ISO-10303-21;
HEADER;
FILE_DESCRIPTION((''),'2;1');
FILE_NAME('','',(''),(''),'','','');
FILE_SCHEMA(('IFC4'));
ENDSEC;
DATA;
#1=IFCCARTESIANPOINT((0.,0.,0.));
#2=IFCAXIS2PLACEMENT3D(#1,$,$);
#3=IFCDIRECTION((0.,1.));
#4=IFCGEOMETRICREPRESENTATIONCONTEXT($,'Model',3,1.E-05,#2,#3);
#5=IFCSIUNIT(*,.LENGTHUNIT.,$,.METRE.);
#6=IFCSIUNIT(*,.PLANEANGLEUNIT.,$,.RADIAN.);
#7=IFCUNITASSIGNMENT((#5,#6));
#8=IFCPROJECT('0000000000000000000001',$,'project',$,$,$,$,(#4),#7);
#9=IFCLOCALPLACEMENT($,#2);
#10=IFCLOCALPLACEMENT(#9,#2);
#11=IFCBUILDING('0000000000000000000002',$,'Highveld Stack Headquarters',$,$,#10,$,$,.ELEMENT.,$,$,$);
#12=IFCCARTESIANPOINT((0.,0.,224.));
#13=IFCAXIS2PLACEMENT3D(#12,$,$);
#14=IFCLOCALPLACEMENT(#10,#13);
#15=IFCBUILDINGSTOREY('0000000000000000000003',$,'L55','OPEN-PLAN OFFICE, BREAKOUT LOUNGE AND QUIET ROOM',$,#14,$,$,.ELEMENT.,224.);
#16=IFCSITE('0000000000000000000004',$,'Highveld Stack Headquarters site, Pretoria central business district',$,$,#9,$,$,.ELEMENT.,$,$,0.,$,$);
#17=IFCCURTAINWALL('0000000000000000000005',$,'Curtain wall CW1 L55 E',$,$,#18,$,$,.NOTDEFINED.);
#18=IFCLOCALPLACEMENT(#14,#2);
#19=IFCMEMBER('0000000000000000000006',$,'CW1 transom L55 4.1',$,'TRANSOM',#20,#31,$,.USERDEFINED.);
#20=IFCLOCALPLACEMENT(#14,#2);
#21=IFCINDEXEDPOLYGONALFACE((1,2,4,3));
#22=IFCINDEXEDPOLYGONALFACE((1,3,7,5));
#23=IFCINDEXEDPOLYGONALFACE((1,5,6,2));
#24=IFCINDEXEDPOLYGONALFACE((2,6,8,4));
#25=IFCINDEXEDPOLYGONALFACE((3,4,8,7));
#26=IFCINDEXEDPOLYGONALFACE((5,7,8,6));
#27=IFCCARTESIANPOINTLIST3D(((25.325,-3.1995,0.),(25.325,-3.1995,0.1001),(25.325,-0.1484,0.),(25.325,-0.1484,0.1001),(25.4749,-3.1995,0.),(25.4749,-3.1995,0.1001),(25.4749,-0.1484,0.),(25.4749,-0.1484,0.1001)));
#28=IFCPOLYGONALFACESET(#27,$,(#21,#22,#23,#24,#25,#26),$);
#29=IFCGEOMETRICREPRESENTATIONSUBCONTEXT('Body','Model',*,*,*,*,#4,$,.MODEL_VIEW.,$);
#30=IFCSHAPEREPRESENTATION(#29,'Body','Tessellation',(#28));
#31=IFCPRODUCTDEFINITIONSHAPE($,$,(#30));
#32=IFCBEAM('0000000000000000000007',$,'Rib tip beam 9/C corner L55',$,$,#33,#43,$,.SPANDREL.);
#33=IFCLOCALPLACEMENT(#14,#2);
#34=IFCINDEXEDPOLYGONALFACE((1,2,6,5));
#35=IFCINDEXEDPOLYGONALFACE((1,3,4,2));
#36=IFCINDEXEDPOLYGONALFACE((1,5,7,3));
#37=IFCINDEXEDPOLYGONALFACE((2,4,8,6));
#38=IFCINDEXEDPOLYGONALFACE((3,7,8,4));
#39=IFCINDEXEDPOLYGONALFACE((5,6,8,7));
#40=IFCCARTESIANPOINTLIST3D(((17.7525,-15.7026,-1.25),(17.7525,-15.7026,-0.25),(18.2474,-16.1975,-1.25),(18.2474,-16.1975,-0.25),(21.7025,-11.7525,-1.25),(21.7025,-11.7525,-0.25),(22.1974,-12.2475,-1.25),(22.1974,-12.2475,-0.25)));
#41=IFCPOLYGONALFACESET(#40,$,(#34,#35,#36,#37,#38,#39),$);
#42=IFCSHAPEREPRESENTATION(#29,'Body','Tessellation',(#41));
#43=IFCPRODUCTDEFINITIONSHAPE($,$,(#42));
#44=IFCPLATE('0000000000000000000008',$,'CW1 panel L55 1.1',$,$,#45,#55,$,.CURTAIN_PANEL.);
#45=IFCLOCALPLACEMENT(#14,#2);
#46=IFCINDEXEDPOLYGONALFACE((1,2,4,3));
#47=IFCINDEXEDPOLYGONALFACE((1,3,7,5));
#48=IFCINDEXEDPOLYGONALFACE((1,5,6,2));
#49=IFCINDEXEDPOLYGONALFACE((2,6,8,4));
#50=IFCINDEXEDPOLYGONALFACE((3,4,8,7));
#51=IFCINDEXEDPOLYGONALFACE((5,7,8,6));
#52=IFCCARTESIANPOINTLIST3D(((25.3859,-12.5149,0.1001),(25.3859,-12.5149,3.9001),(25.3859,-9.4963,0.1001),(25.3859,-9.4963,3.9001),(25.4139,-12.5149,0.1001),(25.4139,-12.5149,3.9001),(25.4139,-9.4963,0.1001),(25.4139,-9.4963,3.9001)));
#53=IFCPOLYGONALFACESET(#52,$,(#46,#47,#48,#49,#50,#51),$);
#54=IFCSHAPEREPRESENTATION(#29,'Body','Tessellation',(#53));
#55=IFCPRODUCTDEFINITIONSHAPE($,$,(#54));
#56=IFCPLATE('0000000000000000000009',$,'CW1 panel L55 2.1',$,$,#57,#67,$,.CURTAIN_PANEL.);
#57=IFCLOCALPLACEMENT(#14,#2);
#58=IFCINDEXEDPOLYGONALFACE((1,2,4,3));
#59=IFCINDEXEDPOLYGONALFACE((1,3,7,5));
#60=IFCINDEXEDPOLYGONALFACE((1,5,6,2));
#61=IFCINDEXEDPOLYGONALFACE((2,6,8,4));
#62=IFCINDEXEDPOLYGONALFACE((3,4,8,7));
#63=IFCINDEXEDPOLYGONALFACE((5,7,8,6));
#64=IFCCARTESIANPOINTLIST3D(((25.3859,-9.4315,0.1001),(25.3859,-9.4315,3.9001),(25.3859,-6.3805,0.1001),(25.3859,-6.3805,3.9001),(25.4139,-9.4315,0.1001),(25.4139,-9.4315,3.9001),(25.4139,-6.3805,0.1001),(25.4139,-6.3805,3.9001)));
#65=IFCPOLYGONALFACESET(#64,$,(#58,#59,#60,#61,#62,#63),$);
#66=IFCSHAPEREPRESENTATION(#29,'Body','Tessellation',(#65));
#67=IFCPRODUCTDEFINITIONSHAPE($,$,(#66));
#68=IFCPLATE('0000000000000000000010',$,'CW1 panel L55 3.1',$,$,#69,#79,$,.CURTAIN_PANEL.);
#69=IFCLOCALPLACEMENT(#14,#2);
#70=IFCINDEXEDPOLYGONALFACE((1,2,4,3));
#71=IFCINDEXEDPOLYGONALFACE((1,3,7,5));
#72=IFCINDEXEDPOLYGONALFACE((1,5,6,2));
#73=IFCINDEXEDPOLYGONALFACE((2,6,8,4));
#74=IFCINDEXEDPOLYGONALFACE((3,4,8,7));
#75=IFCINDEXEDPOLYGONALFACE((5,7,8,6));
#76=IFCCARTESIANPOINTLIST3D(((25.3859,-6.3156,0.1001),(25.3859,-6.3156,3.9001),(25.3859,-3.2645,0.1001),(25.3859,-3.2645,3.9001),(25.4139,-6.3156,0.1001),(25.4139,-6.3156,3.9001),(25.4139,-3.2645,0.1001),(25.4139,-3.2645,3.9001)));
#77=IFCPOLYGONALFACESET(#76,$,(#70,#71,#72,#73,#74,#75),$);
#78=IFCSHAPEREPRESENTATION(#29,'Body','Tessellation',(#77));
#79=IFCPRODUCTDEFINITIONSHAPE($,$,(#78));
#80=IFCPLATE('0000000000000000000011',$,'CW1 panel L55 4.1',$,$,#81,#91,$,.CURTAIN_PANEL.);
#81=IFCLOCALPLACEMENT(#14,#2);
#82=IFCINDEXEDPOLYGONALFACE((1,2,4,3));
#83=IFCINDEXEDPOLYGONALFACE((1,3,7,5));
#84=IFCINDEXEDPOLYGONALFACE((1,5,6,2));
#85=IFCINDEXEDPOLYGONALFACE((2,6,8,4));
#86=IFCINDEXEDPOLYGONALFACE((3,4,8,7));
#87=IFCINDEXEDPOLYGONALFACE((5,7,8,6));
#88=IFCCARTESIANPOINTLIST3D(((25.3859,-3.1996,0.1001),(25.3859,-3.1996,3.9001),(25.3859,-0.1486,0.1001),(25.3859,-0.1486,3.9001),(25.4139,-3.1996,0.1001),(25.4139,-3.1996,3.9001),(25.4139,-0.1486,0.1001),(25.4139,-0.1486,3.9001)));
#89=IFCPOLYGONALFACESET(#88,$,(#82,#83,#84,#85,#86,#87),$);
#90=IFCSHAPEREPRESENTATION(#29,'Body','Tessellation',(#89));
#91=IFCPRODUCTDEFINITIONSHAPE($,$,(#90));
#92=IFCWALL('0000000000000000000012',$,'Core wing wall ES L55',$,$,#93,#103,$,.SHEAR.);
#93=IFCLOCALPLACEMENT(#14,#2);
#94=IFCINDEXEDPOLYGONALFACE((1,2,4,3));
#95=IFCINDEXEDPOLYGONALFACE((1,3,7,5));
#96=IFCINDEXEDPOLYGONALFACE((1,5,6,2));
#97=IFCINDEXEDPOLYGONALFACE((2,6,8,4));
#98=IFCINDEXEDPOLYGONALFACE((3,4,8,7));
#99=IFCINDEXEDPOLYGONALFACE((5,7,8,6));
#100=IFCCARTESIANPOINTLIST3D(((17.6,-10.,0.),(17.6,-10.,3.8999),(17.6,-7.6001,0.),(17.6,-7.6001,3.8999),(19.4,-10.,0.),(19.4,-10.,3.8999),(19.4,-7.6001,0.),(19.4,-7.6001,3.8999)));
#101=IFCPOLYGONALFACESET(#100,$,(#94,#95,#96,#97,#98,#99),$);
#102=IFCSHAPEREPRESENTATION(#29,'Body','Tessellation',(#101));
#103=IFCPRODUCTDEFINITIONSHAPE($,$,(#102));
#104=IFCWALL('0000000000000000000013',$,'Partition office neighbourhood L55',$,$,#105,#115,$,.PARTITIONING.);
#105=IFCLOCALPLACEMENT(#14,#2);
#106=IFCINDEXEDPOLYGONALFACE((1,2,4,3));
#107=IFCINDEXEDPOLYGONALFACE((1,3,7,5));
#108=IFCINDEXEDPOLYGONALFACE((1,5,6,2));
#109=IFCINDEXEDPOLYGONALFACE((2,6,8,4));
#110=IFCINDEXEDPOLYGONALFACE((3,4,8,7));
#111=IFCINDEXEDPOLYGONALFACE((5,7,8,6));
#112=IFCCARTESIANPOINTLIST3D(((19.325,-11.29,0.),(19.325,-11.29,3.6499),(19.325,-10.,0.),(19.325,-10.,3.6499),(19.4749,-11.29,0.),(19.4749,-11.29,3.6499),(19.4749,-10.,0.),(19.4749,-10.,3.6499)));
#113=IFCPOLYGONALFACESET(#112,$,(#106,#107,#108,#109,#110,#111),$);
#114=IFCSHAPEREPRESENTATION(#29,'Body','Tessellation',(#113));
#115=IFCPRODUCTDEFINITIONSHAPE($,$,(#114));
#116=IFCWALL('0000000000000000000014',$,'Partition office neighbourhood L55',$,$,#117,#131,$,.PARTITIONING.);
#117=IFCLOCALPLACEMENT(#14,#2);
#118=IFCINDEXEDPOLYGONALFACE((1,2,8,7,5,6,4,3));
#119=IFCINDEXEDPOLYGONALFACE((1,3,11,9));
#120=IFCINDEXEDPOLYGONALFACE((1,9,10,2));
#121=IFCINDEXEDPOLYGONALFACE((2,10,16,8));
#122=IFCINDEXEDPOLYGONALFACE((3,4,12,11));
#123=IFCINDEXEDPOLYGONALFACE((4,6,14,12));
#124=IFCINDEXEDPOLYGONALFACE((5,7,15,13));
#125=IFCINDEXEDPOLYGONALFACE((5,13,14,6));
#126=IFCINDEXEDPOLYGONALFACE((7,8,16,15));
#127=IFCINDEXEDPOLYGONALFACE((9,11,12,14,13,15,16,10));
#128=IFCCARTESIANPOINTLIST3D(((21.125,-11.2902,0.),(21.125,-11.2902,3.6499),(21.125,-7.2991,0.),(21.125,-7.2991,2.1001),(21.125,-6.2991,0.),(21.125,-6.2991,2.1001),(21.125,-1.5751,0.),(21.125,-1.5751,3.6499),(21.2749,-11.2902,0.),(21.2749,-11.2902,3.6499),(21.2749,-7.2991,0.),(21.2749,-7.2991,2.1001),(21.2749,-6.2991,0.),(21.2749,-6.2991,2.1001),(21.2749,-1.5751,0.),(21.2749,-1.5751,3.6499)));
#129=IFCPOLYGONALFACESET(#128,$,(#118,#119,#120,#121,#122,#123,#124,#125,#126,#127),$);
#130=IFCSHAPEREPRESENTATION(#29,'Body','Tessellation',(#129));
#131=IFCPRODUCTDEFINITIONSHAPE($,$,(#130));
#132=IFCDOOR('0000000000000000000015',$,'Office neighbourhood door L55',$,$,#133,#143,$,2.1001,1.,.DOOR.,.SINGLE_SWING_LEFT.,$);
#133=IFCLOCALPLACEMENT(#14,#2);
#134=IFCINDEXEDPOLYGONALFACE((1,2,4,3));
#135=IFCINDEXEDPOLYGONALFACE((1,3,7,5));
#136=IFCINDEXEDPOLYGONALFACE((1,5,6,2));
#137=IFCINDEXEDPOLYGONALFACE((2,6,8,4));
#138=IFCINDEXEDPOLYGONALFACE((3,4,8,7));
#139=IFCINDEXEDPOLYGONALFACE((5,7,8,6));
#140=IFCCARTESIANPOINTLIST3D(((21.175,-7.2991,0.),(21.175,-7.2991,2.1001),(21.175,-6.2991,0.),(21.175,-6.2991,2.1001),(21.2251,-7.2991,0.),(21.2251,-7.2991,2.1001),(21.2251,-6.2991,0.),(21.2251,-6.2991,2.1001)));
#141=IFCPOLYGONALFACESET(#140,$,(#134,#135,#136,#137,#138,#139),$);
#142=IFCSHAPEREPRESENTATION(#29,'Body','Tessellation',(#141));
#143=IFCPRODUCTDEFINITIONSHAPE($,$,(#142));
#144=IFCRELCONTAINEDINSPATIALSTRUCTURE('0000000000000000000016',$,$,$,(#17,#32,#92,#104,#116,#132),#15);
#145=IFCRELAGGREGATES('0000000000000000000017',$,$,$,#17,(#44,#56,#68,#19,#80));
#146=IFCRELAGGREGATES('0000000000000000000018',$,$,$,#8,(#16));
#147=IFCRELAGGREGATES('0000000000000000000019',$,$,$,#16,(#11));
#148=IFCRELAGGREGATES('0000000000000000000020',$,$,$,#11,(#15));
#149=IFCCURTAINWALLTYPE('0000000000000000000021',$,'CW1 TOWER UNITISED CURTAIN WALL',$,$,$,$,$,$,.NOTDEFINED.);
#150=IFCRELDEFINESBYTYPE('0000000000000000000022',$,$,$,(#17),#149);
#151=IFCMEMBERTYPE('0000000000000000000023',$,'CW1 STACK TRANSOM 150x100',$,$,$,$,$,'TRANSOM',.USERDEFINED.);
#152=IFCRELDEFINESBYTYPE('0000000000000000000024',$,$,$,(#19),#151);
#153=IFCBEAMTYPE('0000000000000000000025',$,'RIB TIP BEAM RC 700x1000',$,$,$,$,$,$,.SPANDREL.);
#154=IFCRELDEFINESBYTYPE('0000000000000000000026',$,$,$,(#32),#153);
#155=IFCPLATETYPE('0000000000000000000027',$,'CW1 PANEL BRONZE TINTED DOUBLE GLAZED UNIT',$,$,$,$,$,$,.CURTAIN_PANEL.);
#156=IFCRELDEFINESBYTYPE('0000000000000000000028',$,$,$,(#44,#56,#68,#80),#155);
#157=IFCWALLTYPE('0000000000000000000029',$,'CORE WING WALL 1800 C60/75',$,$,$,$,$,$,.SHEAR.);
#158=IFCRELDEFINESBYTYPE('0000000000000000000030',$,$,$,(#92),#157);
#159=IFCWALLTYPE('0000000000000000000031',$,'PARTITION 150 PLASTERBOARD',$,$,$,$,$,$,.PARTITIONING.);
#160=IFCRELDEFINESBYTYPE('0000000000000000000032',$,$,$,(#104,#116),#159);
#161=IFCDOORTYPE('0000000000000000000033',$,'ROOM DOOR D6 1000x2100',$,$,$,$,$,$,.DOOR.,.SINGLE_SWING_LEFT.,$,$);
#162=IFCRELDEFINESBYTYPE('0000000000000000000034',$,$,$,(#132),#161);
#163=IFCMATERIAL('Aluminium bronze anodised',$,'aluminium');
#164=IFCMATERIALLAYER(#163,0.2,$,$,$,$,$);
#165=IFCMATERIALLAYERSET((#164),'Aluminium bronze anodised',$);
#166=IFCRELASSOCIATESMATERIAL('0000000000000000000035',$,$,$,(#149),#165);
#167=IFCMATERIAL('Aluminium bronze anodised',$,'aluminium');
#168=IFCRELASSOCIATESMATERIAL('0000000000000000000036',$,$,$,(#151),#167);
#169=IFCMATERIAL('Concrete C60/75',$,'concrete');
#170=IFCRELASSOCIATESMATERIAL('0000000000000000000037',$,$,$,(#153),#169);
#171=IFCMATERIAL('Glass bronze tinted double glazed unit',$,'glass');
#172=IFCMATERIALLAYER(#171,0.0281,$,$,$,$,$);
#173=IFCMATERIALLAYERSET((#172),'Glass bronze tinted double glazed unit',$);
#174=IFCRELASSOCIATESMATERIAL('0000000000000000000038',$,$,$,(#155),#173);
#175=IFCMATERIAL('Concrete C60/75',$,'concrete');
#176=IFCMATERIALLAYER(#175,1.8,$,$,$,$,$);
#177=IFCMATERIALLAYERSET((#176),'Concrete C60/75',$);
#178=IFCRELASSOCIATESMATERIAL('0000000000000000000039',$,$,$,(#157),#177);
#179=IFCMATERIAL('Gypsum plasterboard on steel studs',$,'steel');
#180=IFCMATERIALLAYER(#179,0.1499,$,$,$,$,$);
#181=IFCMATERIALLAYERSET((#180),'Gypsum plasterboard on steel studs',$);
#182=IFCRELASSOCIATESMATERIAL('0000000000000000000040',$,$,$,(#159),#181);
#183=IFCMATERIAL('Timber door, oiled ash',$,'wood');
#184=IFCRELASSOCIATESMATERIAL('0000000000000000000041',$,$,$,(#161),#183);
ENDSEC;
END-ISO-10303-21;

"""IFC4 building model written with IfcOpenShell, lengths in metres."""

from ifc_helpers import new_model, si_unit, direction, frame, frame_2d, origin, origin_2d, place, context, subcontext, project, spatial, rectangle, extrude, material, layer, layer_set, material_profile, profile_set, type_object, element, fill, aggregate, save


model = new_model("IFC4")

# Units and contexts
model_context = context("Model", 3, precision=1e-05, world=origin(), true_north=direction((0.0, 1.0)))
body_context = subcontext(model_context, "Body", "Model", "MODEL_VIEW")
ifc_project = project(units=[si_unit("LENGTHUNIT", "METRE"), si_unit("PLANEANGLEUNIT", "RADIAN")], contexts=[model_context])

# Site, building, storey
site_placement = place(None, origin())
site = spatial("IfcSite", under=ifc_project, at=site_placement, Name="Highveld Stack Headquarters site, Pretoria central business district", CompositionType="ELEMENT", RefElevation=0.0)
building_placement = place(site_placement, origin())
building = spatial("IfcBuilding", under=site, at=building_placement, Name="Highveld Stack Headquarters", CompositionType="ELEMENT")
storey_placement = place(building_placement, frame((0.0, 0.0, 224.0)))
storey = spatial("IfcBuildingStorey", under=building, at=storey_placement, Name="L55", Description="OPEN-PLAN OFFICE, BREAKOUT LOUNGE AND QUIET ROOM", CompositionType="ELEMENT", Elevation=224.0)

# Curtain wall, member
ifc_material_1 = material(Name="Aluminium bronze anodised", Category="aluminium")
ifc_layer_1 = layer(ifc_material_1, 0.2)
ifc_layer_set_1 = layer_set([ifc_layer_1], Name="Aluminium bronze anodised")
curtain_wall_type = type_object("IfcCurtainWallType", Name="CW1 TOWER UNITISED CURTAIN WALL", PredefinedType="NOTDEFINED", material=ifc_layer_set_1)
curtain_wall_placement = place(storey_placement, origin())
curtain_wall = element("IfcCurtainWall", 1, at=curtain_wall_placement, inside=storey, type_object=curtain_wall_type, Name="Curtain wall CW1 L55 E", PredefinedType="NOTDEFINED")
ifc_material_2 = material(Name="Aluminium bronze anodised", Category="aluminium")
ifc_material_profile_1 = material_profile(ifc_material_2, rectangle(XDim=0.1499, YDim=0.1001, at=origin_2d()), Name="CW1 TRANSOM 150x100")
ifc_profile_set_1 = profile_set([ifc_material_profile_1], Name="Aluminium bronze anodised")
member_type_1 = type_object("IfcMemberType", Name="CW1 STACK TRANSOM 150x100", ElementType="TRANSOM", PredefinedType="USERDEFINED", material=ifc_profile_set_1)
member_1_placement = place(storey_placement, frame((25.3999, -3.1995, 0.05), z_axis=(0.0, 1.0, 0.0), x_axis=(-1.0, 0.0, 0.0)))
member_1 = element("IfcMember", 2, at=member_1_placement, type_object=member_type_1, Name="CW1 transom L55 4.1", ObjectType="TRANSOM", PredefinedType="USERDEFINED", context=body_context, shape_type="SweptSolid", body=[
    extrude(rectangle(XDim=0.1499, YDim=0.1001, at=origin_2d()), origin(), (0.0, 0.0, 1.0), 3.051),
])

# Beam
ifc_material_3 = material(Name="Concrete C60/75", Category="concrete")
ifc_material_profile_2 = material_profile(ifc_material_3, rectangle(XDim=0.7, YDim=1.0, at=origin_2d()), Name="RC 700x1000")
ifc_profile_set_2 = profile_set([ifc_material_profile_2], Name="Concrete C60/75")
beam_type_1 = type_object("IfcBeamType", Name="RIB TIP BEAM RC 700x1000", PredefinedType="SPANDREL", material=ifc_profile_set_2)
beam_1_placement = place(storey_placement, frame((21.95, -12.0, -0.75), z_axis=(-0.707107, -0.707107, 0.0), x_axis=(0.707107, -0.707107, 0.0)))
element("IfcBeam", 3, at=beam_1_placement, inside=storey, type_object=beam_type_1, Name="Rib tip beam 9/C corner L55", PredefinedType="SPANDREL", context=body_context, shape_type="SweptSolid", body=[
    extrude(rectangle(XDim=0.7, YDim=1.0, at=origin_2d()), origin(), (0.0, 0.0, 1.0), 5.5862),
])

# Plates
ifc_material_4 = material(Name="Glass bronze tinted double glazed unit", Category="glass")
ifc_layer_2 = layer(ifc_material_4, 0.0281)
ifc_layer_set_2 = layer_set([ifc_layer_2], Name="Glass bronze tinted double glazed unit")
plate_type = type_object("IfcPlateType", Name="CW1 PANEL BRONZE TINTED DOUBLE GLAZED UNIT", PredefinedType="CURTAIN_PANEL", material=ifc_layer_set_2)
plate_1_placement = place(storey_placement, frame((25.3999, -11.0056, 0.1001), z_axis=(0.0, 0.0, 1.0), x_axis=(0.0, 1.0, 0.0)))
plate_1 = element("IfcPlate", 4, at=plate_1_placement, type_object=plate_type, Name="CW1 panel L55 1.1", PredefinedType="CURTAIN_PANEL", context=body_context, shape_type="SweptSolid", body=[
    extrude(rectangle(XDim=3.0186, YDim=0.0281, at=origin_2d()), origin(), (0.0, 0.0, 1.0), 3.8),
])
plate_2_placement = place(storey_placement, frame((25.3999, -7.906, 0.1001), z_axis=(0.0, 0.0, 1.0), x_axis=(0.0, 1.0, 0.0)))
plate_2 = element("IfcPlate", 5, at=plate_2_placement, type_object=plate_type, Name="CW1 panel L55 2.1", PredefinedType="CURTAIN_PANEL", context=body_context, shape_type="SweptSolid", body=[
    extrude(rectangle(XDim=3.051, YDim=0.0281, at=origin_2d()), origin(), (0.0, 0.0, 1.0), 3.8),
])
plate_3_placement = place(storey_placement, frame((25.3999, -4.79, 0.1001), z_axis=(0.0, 0.0, 1.0), x_axis=(0.0, 1.0, 0.0)))
plate_3 = element("IfcPlate", 6, at=plate_3_placement, type_object=plate_type, Name="CW1 panel L55 3.1", PredefinedType="CURTAIN_PANEL", context=body_context, shape_type="SweptSolid", body=[
    extrude(rectangle(XDim=3.051, YDim=0.0281, at=origin_2d()), origin(), (0.0, 0.0, 1.0), 3.8),
])
plate_4_placement = place(storey_placement, frame((25.3999, -1.6741, 0.1001), z_axis=(0.0, 0.0, 1.0), x_axis=(0.0, 1.0, 0.0)))
plate_4 = element("IfcPlate", 7, at=plate_4_placement, type_object=plate_type, Name="CW1 panel L55 4.1", PredefinedType="CURTAIN_PANEL", context=body_context, shape_type="SweptSolid", body=[
    extrude(rectangle(XDim=3.051, YDim=0.0281, at=origin_2d()), origin(), (0.0, 0.0, 1.0), 3.8),
])
aggregate(curtain_wall, [plate_1, plate_2, plate_3, member_1, plate_4])

# Walls
ifc_material_5 = material(Name="Concrete C60/75", Category="concrete")
ifc_layer_3 = layer(ifc_material_5, 1.8)
ifc_layer_set_3 = layer_set([ifc_layer_3], Name="Concrete C60/75")
wall_type_1 = type_object("IfcWallType", Name="CORE WING WALL 1800 C60/75", PredefinedType="SHEAR", material=ifc_layer_set_3)
wall_1_placement = place(storey_placement, frame((18.5, -10.0, 0.0), z_axis=(0.0, 0.0, 1.0), x_axis=(0.0, 1.0, 0.0)))
element("IfcWall", 8, at=wall_1_placement, inside=storey, type_object=wall_type_1, Name="Core wing wall ES L55", PredefinedType="SHEAR", context=body_context, shape_type="SweptSolid", body=[
    extrude(rectangle(XDim=2.3999, YDim=1.8, at=frame_2d((1.2, 0.0))), origin(), (0.0, 0.0, 1.0), 3.8999),
])
ifc_material_6 = material(Name="Gypsum plasterboard on steel studs", Category="steel")
ifc_layer_4 = layer(ifc_material_6, 0.1499)
ifc_layer_set_4 = layer_set([ifc_layer_4], Name="Gypsum plasterboard on steel studs")
wall_type_2 = type_object("IfcWallType", Name="PARTITION 150 PLASTERBOARD", PredefinedType="PARTITIONING", material=ifc_layer_set_4)
wall_2_placement = place(storey_placement, frame((19.3999, -11.29, 0.0), z_axis=(0.0, 0.0, 1.0), x_axis=(0.0, 1.0, 0.0)))
element("IfcWall", 9, at=wall_2_placement, inside=storey, type_object=wall_type_2, Name="Partition office neighbourhood L55", PredefinedType="PARTITIONING", context=body_context, shape_type="SweptSolid", body=[
    extrude(rectangle(XDim=1.29, YDim=0.1499, at=frame_2d((0.645, 0.0))), origin(), (0.0, 0.0, 1.0), 3.6499),
])

# Wall, opening, door
wall_3_placement = place(storey_placement, frame((21.2, -11.29, 0.0), z_axis=(0.0, 0.0, 1.0), x_axis=(0.0, 1.0, 0.0)))
wall_3 = element("IfcWall", 10, at=wall_3_placement, inside=storey, type_object=wall_type_2, Name="Partition office neighbourhood L55", PredefinedType="PARTITIONING", context=body_context, shape_type="SweptSolid", body=[
    extrude(rectangle(XDim=9.7151, YDim=0.1499, at=frame_2d((4.8574, 0.0))), origin(), (0.0, 0.0, 1.0), 3.6499),
])
opening_1_placement = place(wall_3_placement, frame((3.991, 0.0, 0.0)))
opening_1 = element("IfcOpeningElement", 11, at=opening_1_placement, cuts=wall_3, PredefinedType="OPENING", context=body_context, shape_type="SweptSolid", body=[
    extrude(rectangle(XDim=1.0, YDim=2.1001, at=frame_2d((0.5, 1.05))), frame((0.0, 0.085, 0.0), z_axis=(0.0, -1.0, 0.0), x_axis=(1.0, 0.0, 0.0)), (0.0, 0.0, 1.0), 0.1699),
])
ifc_material_7 = material(Name="Timber door, oiled ash", Category="wood")
door_type_1 = type_object("IfcDoorType", Name="ROOM DOOR D6 1000x2100", OperationType="SINGLE_SWING_LEFT", PredefinedType="DOOR", material=ifc_material_7)
door_1_placement = place(opening_1_placement, origin())
door_1 = element("IfcDoor", 12, at=door_1_placement, inside=storey, type_object=door_type_1, Name="Office neighbourhood door L55", OperationType="SINGLE_SWING_LEFT", OverallHeight=2.1001, OverallWidth=1.0, PredefinedType="DOOR", context=body_context, shape_type="SweptSolid", body=[
    extrude(rectangle(XDim=1.0, YDim=2.1001, at=frame_2d((0.5, 1.05))), frame((0.0, 0.0249, 0.0), z_axis=(0.0, -1.0, 0.0), x_axis=(1.0, 0.0, 0.0)), (0.0, 0.0, 1.0), 0.05),
])
fill(opening_1, door_1)

save(model, "model.ifc")
